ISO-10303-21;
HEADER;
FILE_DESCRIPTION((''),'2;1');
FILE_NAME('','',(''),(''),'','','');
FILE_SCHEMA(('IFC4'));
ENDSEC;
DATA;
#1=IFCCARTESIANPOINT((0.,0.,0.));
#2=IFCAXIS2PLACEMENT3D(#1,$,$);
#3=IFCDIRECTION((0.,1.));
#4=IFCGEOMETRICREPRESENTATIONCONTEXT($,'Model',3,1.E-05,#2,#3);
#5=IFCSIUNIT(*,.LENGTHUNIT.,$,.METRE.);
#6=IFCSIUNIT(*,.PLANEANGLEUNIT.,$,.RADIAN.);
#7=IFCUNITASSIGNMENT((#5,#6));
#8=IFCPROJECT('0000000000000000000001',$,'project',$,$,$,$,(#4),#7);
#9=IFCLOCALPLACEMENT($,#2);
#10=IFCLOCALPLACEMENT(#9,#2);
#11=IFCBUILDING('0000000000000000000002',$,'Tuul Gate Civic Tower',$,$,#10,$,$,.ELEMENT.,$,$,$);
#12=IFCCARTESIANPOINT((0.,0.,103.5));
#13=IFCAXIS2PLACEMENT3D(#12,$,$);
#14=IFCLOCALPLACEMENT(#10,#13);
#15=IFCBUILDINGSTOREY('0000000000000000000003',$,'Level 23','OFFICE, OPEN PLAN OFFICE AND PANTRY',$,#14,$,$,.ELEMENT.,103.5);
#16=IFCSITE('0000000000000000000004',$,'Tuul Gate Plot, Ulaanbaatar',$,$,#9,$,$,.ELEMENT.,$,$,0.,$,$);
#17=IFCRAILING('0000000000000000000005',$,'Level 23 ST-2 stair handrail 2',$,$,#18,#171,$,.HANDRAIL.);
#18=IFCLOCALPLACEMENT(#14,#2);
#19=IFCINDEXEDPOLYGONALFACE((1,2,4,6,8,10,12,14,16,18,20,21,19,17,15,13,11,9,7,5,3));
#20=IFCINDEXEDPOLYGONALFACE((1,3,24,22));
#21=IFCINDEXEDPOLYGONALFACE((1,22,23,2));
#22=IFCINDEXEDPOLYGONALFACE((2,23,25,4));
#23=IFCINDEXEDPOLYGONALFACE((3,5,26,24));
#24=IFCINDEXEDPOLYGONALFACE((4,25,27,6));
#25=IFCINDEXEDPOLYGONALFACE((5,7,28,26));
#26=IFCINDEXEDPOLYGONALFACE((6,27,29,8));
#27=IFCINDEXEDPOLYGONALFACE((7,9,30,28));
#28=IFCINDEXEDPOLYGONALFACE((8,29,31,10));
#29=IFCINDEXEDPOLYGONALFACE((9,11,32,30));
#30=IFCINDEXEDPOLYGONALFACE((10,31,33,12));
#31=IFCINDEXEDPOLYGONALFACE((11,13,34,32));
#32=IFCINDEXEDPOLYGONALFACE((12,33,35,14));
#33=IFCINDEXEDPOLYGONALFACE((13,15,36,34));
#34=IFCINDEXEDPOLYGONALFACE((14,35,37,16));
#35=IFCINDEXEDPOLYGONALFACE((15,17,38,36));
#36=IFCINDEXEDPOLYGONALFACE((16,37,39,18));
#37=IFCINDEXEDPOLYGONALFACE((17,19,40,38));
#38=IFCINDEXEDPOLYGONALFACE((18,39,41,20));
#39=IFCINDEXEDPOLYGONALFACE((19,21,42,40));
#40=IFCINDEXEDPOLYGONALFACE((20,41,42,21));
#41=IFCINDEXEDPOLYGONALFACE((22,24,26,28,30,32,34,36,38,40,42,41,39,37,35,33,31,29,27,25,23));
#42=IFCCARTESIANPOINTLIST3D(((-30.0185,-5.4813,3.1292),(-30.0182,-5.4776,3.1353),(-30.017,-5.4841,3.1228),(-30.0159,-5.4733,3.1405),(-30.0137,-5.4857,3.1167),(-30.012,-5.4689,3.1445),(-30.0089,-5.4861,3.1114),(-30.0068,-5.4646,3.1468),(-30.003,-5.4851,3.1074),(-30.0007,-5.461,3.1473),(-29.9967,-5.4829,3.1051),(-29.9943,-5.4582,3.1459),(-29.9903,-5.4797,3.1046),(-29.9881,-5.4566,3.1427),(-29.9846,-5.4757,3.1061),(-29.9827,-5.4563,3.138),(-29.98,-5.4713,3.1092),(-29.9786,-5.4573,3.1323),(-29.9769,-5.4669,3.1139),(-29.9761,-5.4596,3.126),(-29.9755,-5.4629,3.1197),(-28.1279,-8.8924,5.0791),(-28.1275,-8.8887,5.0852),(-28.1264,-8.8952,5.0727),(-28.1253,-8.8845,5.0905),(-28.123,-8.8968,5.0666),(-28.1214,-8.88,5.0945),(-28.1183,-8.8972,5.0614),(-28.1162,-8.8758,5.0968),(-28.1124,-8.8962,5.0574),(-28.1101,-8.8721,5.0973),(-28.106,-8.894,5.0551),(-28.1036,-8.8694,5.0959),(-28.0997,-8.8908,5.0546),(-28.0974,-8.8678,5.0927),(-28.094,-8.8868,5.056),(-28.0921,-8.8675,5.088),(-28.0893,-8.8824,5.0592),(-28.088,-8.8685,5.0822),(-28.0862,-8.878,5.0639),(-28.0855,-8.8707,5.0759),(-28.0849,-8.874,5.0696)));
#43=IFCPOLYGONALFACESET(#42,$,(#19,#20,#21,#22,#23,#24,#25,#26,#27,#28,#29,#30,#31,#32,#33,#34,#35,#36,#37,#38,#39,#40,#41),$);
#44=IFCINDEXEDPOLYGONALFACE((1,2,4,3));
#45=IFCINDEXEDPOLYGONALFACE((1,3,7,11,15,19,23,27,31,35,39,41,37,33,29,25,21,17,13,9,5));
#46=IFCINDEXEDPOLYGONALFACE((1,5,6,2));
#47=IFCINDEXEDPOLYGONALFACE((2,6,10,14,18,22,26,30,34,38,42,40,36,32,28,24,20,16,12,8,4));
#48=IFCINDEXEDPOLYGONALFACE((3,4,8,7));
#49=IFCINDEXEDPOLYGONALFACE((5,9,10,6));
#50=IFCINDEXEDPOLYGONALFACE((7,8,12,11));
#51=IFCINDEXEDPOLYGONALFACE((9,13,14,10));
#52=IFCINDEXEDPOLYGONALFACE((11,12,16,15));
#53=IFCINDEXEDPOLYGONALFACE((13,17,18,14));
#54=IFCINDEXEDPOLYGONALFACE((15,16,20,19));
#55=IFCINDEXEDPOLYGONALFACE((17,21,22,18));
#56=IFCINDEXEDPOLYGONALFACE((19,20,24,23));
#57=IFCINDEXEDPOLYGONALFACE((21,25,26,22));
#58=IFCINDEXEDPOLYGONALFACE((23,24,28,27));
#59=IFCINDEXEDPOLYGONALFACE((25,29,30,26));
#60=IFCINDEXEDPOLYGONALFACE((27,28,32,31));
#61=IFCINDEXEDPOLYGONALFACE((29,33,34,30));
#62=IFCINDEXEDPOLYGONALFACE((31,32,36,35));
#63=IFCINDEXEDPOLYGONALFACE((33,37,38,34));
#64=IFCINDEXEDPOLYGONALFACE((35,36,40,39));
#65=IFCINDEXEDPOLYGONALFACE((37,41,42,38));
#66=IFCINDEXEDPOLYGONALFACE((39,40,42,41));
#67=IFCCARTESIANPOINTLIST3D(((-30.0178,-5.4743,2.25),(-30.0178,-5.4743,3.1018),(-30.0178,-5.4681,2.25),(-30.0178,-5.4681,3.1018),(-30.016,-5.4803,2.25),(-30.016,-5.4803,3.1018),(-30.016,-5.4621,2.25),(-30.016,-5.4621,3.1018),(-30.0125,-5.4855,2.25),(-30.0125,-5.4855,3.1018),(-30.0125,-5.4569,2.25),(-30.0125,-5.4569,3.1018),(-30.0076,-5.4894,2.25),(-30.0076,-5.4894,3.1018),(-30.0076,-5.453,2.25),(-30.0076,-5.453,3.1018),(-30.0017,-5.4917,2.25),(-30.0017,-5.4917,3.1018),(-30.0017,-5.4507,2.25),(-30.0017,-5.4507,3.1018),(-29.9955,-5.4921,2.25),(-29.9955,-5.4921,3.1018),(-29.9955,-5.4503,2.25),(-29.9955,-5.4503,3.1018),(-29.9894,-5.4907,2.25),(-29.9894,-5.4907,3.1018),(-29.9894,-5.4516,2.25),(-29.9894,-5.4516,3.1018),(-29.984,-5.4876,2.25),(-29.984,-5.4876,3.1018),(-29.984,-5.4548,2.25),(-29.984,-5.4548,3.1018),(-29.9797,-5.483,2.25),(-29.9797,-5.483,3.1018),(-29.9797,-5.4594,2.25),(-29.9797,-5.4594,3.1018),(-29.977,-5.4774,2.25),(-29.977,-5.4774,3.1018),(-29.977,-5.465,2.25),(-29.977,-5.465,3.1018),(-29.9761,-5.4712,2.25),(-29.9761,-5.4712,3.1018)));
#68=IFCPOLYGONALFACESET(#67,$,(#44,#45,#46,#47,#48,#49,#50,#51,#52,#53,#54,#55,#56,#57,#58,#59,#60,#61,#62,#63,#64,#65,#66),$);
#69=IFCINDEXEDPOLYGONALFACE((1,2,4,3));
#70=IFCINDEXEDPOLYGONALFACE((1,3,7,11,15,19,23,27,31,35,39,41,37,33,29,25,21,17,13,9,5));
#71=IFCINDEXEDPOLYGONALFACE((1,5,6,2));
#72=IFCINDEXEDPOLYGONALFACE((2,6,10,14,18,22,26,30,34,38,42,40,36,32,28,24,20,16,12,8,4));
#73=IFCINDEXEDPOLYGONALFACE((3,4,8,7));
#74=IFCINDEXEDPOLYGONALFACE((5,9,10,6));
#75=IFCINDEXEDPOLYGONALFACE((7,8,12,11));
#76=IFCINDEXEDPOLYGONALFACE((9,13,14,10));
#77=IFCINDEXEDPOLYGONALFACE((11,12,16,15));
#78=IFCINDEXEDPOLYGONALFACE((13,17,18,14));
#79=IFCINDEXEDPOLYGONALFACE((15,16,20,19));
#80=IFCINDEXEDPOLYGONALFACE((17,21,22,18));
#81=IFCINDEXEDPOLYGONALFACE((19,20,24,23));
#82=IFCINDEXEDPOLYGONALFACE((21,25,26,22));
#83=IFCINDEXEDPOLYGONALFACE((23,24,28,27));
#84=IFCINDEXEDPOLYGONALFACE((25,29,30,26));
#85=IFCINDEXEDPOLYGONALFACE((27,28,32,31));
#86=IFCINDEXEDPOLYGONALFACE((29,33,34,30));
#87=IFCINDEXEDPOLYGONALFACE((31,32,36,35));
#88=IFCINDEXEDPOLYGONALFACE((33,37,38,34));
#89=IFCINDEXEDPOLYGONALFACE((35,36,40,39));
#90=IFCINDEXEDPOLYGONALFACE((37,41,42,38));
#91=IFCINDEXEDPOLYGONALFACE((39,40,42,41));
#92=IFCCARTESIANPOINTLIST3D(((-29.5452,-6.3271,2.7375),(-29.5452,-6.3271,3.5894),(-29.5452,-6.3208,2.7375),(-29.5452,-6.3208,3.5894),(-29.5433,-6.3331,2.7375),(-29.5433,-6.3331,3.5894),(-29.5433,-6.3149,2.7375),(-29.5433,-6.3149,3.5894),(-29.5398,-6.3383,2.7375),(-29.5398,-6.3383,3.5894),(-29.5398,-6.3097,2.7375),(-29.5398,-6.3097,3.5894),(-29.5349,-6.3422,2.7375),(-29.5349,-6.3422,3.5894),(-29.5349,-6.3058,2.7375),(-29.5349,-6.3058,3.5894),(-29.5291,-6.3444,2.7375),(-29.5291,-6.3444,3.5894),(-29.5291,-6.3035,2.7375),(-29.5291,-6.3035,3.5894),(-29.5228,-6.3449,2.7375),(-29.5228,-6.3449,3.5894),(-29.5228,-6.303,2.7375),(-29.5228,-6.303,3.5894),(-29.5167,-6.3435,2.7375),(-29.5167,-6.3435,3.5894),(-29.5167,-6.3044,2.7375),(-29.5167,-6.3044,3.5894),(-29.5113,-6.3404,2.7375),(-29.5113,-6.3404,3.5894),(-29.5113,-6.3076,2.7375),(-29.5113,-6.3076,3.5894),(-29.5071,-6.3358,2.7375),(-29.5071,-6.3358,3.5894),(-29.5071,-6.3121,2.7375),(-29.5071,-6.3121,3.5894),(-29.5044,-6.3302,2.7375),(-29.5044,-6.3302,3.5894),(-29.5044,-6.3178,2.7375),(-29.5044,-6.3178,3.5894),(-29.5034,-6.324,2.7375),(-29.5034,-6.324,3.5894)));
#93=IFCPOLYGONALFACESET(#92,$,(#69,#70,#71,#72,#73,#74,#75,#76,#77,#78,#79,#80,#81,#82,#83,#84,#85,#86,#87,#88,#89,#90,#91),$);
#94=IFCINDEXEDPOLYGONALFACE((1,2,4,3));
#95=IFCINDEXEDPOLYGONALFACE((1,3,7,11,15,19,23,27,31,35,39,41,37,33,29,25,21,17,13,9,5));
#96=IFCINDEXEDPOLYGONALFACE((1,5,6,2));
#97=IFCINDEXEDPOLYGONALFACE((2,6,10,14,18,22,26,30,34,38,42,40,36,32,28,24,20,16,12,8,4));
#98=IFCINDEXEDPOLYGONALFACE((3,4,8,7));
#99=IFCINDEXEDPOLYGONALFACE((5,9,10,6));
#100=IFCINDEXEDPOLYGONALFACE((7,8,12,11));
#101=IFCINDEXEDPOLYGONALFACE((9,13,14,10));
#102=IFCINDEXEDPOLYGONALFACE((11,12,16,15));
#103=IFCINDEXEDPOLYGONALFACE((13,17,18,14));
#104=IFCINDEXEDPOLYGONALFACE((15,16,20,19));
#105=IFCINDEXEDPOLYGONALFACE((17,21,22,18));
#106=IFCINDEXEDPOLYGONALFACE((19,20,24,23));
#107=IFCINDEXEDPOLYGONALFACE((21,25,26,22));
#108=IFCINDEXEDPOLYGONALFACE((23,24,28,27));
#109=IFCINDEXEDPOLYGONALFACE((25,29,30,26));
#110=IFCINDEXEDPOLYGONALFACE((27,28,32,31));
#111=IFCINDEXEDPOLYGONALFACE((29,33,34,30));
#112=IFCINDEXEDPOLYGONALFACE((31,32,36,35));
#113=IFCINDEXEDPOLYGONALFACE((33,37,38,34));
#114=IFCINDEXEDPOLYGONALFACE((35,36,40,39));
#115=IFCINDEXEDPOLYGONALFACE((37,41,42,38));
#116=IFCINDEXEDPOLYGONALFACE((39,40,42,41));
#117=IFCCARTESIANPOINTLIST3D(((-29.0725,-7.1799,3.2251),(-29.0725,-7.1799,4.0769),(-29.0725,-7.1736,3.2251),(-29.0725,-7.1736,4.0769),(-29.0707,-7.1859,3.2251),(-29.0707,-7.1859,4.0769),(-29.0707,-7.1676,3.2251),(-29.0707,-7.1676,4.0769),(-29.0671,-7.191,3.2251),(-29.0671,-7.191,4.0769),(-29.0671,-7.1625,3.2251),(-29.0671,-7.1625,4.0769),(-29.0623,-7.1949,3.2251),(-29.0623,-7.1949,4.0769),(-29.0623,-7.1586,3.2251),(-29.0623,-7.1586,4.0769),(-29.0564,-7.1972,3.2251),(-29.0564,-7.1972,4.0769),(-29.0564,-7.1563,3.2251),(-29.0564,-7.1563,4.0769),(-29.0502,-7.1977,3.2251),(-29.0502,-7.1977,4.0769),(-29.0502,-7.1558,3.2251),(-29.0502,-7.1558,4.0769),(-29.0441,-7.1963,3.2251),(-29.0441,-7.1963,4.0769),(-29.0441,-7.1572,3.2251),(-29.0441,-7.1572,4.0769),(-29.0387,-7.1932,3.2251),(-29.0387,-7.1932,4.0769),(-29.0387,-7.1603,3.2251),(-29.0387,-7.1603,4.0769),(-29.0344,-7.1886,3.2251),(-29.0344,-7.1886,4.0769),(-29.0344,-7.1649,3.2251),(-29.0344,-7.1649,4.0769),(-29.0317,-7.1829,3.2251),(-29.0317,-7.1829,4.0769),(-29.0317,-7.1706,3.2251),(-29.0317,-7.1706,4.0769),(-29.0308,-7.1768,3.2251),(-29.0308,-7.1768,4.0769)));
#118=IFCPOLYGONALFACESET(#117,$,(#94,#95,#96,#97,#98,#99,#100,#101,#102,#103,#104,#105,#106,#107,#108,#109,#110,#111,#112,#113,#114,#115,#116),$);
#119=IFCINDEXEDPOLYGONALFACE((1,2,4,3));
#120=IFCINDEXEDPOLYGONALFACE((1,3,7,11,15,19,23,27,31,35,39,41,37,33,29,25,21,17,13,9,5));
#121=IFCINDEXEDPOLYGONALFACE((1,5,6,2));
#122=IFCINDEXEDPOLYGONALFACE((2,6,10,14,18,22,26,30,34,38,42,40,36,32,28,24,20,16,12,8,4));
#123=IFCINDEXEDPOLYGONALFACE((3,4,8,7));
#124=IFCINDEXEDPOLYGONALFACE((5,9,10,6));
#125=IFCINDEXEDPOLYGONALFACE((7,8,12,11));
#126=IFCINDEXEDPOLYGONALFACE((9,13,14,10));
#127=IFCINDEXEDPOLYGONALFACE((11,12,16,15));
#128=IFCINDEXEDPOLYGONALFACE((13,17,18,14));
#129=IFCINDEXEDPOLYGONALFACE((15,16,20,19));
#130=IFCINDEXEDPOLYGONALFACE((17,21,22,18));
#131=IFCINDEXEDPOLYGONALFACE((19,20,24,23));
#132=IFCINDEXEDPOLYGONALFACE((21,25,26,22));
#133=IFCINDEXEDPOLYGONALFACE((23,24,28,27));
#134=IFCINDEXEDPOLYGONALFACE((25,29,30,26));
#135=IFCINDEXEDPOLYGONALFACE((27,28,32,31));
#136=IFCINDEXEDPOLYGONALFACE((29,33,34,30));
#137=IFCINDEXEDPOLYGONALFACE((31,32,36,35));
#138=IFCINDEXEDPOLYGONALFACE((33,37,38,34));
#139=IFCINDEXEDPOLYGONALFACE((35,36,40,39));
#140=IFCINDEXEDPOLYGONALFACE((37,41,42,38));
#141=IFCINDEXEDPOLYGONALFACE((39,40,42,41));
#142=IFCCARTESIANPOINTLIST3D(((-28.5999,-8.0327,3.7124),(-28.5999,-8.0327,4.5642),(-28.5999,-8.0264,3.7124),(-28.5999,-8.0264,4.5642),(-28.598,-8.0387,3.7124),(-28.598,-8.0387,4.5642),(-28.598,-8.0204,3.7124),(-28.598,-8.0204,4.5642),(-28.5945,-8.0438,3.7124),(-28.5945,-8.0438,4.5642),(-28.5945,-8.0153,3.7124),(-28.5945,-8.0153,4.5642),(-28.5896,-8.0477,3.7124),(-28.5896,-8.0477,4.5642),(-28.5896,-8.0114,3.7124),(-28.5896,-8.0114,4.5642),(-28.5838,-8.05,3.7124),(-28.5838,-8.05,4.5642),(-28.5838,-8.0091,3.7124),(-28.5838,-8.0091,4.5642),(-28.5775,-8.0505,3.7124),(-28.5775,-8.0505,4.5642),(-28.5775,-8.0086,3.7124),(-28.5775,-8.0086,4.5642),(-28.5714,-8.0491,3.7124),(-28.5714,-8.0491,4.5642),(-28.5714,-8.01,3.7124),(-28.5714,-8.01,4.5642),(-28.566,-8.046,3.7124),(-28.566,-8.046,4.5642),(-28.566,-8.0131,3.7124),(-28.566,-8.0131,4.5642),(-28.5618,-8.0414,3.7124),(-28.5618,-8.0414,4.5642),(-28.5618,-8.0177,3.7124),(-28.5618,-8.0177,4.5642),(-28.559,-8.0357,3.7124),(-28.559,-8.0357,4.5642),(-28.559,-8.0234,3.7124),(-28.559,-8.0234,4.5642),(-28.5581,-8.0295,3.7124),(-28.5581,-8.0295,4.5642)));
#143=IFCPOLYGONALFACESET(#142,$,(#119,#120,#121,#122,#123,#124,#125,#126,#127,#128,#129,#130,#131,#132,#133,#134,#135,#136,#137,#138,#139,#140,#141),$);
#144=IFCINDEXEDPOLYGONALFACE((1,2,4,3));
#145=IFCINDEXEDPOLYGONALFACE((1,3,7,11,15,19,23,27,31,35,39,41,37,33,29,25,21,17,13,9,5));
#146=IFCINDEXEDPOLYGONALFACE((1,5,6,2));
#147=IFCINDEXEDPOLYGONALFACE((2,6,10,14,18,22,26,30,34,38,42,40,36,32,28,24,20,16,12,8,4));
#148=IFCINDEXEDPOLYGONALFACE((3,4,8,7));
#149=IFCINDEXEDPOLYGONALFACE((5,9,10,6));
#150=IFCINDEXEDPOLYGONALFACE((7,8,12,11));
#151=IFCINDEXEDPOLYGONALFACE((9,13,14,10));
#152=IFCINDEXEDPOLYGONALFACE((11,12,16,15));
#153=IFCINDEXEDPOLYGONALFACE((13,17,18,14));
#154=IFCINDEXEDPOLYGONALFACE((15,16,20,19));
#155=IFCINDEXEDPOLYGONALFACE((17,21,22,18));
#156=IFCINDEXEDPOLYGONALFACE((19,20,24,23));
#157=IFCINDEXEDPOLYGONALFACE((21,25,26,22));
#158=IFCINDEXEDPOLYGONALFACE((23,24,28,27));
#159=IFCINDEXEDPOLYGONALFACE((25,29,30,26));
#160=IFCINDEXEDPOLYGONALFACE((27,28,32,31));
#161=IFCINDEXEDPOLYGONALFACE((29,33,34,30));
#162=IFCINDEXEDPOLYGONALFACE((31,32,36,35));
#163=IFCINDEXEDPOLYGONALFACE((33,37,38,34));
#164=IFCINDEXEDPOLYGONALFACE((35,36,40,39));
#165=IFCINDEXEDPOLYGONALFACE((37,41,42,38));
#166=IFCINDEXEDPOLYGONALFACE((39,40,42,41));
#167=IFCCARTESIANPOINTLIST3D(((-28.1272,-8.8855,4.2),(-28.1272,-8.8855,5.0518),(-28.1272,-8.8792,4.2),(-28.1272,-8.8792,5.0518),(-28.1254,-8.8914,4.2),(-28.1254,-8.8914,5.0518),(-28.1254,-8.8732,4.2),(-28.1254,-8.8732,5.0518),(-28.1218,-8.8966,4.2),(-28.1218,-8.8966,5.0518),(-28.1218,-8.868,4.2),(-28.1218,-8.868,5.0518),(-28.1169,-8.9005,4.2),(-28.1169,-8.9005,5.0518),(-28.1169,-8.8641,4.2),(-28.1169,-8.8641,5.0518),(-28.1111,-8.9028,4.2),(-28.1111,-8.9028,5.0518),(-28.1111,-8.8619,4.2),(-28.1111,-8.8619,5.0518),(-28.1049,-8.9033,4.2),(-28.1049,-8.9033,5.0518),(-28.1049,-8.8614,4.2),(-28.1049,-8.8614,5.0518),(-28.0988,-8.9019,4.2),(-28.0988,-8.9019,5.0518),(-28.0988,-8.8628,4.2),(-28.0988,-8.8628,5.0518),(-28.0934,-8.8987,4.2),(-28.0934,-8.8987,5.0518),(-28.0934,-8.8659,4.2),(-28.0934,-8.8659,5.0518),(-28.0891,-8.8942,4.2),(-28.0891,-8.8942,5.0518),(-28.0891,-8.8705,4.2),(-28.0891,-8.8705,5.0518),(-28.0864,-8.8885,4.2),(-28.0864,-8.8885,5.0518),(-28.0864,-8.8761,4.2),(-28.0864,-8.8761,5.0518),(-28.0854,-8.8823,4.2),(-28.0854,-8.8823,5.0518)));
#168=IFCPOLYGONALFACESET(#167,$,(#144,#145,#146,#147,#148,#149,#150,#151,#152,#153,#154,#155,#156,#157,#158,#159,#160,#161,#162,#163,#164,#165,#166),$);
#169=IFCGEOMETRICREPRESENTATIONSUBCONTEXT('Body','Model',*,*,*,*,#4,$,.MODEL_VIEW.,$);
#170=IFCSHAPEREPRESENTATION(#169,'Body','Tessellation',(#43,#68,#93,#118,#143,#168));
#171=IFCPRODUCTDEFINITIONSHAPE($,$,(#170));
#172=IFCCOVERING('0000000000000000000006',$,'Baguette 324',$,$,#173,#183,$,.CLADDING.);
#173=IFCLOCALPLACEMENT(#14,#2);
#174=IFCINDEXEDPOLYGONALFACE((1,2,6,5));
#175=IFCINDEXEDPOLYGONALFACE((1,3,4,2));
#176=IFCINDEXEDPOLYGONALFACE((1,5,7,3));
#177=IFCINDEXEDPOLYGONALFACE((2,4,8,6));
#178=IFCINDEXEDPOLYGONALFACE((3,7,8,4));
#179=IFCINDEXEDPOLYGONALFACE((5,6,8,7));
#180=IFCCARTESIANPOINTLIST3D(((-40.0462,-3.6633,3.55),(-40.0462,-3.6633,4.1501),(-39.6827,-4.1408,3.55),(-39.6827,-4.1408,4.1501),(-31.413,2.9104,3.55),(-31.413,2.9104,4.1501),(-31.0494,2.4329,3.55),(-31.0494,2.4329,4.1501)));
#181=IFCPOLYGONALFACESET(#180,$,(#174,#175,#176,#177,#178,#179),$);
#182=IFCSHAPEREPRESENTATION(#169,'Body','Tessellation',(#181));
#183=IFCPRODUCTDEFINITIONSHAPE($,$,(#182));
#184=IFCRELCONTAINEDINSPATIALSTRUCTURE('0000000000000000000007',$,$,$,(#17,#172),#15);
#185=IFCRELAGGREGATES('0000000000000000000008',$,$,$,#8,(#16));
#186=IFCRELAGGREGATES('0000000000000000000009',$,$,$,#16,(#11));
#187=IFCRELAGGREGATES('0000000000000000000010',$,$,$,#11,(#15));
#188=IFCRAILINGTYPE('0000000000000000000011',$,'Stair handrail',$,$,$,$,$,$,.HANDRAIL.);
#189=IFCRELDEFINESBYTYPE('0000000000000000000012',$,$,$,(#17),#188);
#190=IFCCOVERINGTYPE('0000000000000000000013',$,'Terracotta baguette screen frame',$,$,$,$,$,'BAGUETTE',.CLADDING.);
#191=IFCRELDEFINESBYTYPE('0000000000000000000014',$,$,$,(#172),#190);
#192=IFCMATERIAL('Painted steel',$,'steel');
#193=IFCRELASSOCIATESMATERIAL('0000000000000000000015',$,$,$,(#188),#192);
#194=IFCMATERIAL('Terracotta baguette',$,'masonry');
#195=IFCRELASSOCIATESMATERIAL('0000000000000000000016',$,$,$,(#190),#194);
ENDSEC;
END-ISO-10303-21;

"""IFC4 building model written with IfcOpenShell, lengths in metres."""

from ifc_helpers import new_model, si_unit, direction, frame, origin, origin_2d, place, context, subcontext, project, spatial, rectangle, circle, extrude, material, material_profile, profile_set, type_object, element, save


model = new_model("IFC4")

# Units and contexts
model_context = context("Model", 3, precision=1e-05, world=origin(), true_north=direction((0.0, 1.0)))
body_context = subcontext(model_context, "Body", "Model", "MODEL_VIEW")
ifc_project = project(units=[si_unit("LENGTHUNIT", "METRE"), si_unit("PLANEANGLEUNIT", "RADIAN")], contexts=[model_context])

# Site, building, storey
site_placement = place(None, origin())
site = spatial("IfcSite", under=ifc_project, at=site_placement, Name="Tuul Gate Plot, Ulaanbaatar", CompositionType="ELEMENT", RefElevation=0.0)
building_placement = place(site_placement, origin())
building = spatial("IfcBuilding", under=site, at=building_placement, Name="Tuul Gate Civic Tower", CompositionType="ELEMENT")
storey_placement = place(building_placement, frame((0.0, 0.0, 103.5)))
storey = spatial("IfcBuildingStorey", under=building, at=storey_placement, Name="Level 23", Description="OFFICE, OPEN PLAN OFFICE AND PANTRY", CompositionType="ELEMENT", Elevation=103.5)

# Railing
ifc_material_1 = material(Name="Painted steel", Category="steel")
railing_type_1 = type_object("IfcRailingType", Name="Stair handrail", PredefinedType="HANDRAIL", material=ifc_material_1)
railing_1_placement = place(storey_placement, frame((-29.9971, -5.4712, 2.25)))
element("IfcRailing", 1, at=railing_1_placement, inside=storey, type_object=railing_type_1, Name="Level 23 ST-2 stair handrail 2", PredefinedType="HANDRAIL", context=body_context, shape_type="SweptSolid", body=[
    extrude(circle(Radius=0.0239, at=origin_2d()), frame((0.0, 0.0, 0.876), z_axis=(0.433595, -0.782308, 0.447201), x_axis=(0.874641, 0.484771, 0.0)), (0.0, 0.0, 1.0), 4.3604),
    extrude(circle(Radius=0.021, at=origin_2d()), origin(), (0.0, 0.0, 1.0), 0.8518),
    extrude(circle(Radius=0.021, at=origin_2d()), frame((0.4727, -0.8528, 0.4875)), (0.0, 0.0, 1.0), 0.8518),
    extrude(circle(Radius=0.021, at=origin_2d()), frame((0.9453, -1.7056, 0.9751)), (0.0, 0.0, 1.0), 0.8518),
    extrude(circle(Radius=0.021, at=origin_2d()), frame((1.418, -2.5583, 1.4624)), (0.0, 0.0, 1.0), 0.8518),
    extrude(circle(Radius=0.021, at=origin_2d()), frame((1.8906, -3.4111, 1.95)), (0.0, 0.0, 1.0), 0.8518),
])

# Covering
ifc_material_2 = material(Name="Terracotta baguette", Category="masonry")
ifc_material_profile_1 = material_profile(ifc_material_2, rectangle(XDim=0.6001, YDim=0.6001, at=origin_2d()), Name="Terracotta baguette screen frame")
ifc_profile_set_1 = profile_set([ifc_material_profile_1], Name="Terracotta baguette")
covering_type = type_object("IfcCoveringType", Name="Terracotta baguette screen frame", ElementType="BAGUETTE", PredefinedType="CLADDING", material=ifc_profile_set_1)
covering_placement = place(storey_placement, frame((-31.2312, 2.6716, 3.8501), z_axis=(-0.79561, -0.605809, 0.0), x_axis=(0.605809, -0.79561, 0.0)))
element("IfcCovering", 2, at=covering_placement, inside=storey, type_object=covering_type, Name="Baguette 324", PredefinedType="CLADDING", context=body_context, shape_type="SweptSolid", body=[
    extrude(rectangle(XDim=0.6001, YDim=0.6001, at=origin_2d()), origin(), (0.0, 0.0, 1.0), 10.8511),
])

save(model, "model.ifc")
